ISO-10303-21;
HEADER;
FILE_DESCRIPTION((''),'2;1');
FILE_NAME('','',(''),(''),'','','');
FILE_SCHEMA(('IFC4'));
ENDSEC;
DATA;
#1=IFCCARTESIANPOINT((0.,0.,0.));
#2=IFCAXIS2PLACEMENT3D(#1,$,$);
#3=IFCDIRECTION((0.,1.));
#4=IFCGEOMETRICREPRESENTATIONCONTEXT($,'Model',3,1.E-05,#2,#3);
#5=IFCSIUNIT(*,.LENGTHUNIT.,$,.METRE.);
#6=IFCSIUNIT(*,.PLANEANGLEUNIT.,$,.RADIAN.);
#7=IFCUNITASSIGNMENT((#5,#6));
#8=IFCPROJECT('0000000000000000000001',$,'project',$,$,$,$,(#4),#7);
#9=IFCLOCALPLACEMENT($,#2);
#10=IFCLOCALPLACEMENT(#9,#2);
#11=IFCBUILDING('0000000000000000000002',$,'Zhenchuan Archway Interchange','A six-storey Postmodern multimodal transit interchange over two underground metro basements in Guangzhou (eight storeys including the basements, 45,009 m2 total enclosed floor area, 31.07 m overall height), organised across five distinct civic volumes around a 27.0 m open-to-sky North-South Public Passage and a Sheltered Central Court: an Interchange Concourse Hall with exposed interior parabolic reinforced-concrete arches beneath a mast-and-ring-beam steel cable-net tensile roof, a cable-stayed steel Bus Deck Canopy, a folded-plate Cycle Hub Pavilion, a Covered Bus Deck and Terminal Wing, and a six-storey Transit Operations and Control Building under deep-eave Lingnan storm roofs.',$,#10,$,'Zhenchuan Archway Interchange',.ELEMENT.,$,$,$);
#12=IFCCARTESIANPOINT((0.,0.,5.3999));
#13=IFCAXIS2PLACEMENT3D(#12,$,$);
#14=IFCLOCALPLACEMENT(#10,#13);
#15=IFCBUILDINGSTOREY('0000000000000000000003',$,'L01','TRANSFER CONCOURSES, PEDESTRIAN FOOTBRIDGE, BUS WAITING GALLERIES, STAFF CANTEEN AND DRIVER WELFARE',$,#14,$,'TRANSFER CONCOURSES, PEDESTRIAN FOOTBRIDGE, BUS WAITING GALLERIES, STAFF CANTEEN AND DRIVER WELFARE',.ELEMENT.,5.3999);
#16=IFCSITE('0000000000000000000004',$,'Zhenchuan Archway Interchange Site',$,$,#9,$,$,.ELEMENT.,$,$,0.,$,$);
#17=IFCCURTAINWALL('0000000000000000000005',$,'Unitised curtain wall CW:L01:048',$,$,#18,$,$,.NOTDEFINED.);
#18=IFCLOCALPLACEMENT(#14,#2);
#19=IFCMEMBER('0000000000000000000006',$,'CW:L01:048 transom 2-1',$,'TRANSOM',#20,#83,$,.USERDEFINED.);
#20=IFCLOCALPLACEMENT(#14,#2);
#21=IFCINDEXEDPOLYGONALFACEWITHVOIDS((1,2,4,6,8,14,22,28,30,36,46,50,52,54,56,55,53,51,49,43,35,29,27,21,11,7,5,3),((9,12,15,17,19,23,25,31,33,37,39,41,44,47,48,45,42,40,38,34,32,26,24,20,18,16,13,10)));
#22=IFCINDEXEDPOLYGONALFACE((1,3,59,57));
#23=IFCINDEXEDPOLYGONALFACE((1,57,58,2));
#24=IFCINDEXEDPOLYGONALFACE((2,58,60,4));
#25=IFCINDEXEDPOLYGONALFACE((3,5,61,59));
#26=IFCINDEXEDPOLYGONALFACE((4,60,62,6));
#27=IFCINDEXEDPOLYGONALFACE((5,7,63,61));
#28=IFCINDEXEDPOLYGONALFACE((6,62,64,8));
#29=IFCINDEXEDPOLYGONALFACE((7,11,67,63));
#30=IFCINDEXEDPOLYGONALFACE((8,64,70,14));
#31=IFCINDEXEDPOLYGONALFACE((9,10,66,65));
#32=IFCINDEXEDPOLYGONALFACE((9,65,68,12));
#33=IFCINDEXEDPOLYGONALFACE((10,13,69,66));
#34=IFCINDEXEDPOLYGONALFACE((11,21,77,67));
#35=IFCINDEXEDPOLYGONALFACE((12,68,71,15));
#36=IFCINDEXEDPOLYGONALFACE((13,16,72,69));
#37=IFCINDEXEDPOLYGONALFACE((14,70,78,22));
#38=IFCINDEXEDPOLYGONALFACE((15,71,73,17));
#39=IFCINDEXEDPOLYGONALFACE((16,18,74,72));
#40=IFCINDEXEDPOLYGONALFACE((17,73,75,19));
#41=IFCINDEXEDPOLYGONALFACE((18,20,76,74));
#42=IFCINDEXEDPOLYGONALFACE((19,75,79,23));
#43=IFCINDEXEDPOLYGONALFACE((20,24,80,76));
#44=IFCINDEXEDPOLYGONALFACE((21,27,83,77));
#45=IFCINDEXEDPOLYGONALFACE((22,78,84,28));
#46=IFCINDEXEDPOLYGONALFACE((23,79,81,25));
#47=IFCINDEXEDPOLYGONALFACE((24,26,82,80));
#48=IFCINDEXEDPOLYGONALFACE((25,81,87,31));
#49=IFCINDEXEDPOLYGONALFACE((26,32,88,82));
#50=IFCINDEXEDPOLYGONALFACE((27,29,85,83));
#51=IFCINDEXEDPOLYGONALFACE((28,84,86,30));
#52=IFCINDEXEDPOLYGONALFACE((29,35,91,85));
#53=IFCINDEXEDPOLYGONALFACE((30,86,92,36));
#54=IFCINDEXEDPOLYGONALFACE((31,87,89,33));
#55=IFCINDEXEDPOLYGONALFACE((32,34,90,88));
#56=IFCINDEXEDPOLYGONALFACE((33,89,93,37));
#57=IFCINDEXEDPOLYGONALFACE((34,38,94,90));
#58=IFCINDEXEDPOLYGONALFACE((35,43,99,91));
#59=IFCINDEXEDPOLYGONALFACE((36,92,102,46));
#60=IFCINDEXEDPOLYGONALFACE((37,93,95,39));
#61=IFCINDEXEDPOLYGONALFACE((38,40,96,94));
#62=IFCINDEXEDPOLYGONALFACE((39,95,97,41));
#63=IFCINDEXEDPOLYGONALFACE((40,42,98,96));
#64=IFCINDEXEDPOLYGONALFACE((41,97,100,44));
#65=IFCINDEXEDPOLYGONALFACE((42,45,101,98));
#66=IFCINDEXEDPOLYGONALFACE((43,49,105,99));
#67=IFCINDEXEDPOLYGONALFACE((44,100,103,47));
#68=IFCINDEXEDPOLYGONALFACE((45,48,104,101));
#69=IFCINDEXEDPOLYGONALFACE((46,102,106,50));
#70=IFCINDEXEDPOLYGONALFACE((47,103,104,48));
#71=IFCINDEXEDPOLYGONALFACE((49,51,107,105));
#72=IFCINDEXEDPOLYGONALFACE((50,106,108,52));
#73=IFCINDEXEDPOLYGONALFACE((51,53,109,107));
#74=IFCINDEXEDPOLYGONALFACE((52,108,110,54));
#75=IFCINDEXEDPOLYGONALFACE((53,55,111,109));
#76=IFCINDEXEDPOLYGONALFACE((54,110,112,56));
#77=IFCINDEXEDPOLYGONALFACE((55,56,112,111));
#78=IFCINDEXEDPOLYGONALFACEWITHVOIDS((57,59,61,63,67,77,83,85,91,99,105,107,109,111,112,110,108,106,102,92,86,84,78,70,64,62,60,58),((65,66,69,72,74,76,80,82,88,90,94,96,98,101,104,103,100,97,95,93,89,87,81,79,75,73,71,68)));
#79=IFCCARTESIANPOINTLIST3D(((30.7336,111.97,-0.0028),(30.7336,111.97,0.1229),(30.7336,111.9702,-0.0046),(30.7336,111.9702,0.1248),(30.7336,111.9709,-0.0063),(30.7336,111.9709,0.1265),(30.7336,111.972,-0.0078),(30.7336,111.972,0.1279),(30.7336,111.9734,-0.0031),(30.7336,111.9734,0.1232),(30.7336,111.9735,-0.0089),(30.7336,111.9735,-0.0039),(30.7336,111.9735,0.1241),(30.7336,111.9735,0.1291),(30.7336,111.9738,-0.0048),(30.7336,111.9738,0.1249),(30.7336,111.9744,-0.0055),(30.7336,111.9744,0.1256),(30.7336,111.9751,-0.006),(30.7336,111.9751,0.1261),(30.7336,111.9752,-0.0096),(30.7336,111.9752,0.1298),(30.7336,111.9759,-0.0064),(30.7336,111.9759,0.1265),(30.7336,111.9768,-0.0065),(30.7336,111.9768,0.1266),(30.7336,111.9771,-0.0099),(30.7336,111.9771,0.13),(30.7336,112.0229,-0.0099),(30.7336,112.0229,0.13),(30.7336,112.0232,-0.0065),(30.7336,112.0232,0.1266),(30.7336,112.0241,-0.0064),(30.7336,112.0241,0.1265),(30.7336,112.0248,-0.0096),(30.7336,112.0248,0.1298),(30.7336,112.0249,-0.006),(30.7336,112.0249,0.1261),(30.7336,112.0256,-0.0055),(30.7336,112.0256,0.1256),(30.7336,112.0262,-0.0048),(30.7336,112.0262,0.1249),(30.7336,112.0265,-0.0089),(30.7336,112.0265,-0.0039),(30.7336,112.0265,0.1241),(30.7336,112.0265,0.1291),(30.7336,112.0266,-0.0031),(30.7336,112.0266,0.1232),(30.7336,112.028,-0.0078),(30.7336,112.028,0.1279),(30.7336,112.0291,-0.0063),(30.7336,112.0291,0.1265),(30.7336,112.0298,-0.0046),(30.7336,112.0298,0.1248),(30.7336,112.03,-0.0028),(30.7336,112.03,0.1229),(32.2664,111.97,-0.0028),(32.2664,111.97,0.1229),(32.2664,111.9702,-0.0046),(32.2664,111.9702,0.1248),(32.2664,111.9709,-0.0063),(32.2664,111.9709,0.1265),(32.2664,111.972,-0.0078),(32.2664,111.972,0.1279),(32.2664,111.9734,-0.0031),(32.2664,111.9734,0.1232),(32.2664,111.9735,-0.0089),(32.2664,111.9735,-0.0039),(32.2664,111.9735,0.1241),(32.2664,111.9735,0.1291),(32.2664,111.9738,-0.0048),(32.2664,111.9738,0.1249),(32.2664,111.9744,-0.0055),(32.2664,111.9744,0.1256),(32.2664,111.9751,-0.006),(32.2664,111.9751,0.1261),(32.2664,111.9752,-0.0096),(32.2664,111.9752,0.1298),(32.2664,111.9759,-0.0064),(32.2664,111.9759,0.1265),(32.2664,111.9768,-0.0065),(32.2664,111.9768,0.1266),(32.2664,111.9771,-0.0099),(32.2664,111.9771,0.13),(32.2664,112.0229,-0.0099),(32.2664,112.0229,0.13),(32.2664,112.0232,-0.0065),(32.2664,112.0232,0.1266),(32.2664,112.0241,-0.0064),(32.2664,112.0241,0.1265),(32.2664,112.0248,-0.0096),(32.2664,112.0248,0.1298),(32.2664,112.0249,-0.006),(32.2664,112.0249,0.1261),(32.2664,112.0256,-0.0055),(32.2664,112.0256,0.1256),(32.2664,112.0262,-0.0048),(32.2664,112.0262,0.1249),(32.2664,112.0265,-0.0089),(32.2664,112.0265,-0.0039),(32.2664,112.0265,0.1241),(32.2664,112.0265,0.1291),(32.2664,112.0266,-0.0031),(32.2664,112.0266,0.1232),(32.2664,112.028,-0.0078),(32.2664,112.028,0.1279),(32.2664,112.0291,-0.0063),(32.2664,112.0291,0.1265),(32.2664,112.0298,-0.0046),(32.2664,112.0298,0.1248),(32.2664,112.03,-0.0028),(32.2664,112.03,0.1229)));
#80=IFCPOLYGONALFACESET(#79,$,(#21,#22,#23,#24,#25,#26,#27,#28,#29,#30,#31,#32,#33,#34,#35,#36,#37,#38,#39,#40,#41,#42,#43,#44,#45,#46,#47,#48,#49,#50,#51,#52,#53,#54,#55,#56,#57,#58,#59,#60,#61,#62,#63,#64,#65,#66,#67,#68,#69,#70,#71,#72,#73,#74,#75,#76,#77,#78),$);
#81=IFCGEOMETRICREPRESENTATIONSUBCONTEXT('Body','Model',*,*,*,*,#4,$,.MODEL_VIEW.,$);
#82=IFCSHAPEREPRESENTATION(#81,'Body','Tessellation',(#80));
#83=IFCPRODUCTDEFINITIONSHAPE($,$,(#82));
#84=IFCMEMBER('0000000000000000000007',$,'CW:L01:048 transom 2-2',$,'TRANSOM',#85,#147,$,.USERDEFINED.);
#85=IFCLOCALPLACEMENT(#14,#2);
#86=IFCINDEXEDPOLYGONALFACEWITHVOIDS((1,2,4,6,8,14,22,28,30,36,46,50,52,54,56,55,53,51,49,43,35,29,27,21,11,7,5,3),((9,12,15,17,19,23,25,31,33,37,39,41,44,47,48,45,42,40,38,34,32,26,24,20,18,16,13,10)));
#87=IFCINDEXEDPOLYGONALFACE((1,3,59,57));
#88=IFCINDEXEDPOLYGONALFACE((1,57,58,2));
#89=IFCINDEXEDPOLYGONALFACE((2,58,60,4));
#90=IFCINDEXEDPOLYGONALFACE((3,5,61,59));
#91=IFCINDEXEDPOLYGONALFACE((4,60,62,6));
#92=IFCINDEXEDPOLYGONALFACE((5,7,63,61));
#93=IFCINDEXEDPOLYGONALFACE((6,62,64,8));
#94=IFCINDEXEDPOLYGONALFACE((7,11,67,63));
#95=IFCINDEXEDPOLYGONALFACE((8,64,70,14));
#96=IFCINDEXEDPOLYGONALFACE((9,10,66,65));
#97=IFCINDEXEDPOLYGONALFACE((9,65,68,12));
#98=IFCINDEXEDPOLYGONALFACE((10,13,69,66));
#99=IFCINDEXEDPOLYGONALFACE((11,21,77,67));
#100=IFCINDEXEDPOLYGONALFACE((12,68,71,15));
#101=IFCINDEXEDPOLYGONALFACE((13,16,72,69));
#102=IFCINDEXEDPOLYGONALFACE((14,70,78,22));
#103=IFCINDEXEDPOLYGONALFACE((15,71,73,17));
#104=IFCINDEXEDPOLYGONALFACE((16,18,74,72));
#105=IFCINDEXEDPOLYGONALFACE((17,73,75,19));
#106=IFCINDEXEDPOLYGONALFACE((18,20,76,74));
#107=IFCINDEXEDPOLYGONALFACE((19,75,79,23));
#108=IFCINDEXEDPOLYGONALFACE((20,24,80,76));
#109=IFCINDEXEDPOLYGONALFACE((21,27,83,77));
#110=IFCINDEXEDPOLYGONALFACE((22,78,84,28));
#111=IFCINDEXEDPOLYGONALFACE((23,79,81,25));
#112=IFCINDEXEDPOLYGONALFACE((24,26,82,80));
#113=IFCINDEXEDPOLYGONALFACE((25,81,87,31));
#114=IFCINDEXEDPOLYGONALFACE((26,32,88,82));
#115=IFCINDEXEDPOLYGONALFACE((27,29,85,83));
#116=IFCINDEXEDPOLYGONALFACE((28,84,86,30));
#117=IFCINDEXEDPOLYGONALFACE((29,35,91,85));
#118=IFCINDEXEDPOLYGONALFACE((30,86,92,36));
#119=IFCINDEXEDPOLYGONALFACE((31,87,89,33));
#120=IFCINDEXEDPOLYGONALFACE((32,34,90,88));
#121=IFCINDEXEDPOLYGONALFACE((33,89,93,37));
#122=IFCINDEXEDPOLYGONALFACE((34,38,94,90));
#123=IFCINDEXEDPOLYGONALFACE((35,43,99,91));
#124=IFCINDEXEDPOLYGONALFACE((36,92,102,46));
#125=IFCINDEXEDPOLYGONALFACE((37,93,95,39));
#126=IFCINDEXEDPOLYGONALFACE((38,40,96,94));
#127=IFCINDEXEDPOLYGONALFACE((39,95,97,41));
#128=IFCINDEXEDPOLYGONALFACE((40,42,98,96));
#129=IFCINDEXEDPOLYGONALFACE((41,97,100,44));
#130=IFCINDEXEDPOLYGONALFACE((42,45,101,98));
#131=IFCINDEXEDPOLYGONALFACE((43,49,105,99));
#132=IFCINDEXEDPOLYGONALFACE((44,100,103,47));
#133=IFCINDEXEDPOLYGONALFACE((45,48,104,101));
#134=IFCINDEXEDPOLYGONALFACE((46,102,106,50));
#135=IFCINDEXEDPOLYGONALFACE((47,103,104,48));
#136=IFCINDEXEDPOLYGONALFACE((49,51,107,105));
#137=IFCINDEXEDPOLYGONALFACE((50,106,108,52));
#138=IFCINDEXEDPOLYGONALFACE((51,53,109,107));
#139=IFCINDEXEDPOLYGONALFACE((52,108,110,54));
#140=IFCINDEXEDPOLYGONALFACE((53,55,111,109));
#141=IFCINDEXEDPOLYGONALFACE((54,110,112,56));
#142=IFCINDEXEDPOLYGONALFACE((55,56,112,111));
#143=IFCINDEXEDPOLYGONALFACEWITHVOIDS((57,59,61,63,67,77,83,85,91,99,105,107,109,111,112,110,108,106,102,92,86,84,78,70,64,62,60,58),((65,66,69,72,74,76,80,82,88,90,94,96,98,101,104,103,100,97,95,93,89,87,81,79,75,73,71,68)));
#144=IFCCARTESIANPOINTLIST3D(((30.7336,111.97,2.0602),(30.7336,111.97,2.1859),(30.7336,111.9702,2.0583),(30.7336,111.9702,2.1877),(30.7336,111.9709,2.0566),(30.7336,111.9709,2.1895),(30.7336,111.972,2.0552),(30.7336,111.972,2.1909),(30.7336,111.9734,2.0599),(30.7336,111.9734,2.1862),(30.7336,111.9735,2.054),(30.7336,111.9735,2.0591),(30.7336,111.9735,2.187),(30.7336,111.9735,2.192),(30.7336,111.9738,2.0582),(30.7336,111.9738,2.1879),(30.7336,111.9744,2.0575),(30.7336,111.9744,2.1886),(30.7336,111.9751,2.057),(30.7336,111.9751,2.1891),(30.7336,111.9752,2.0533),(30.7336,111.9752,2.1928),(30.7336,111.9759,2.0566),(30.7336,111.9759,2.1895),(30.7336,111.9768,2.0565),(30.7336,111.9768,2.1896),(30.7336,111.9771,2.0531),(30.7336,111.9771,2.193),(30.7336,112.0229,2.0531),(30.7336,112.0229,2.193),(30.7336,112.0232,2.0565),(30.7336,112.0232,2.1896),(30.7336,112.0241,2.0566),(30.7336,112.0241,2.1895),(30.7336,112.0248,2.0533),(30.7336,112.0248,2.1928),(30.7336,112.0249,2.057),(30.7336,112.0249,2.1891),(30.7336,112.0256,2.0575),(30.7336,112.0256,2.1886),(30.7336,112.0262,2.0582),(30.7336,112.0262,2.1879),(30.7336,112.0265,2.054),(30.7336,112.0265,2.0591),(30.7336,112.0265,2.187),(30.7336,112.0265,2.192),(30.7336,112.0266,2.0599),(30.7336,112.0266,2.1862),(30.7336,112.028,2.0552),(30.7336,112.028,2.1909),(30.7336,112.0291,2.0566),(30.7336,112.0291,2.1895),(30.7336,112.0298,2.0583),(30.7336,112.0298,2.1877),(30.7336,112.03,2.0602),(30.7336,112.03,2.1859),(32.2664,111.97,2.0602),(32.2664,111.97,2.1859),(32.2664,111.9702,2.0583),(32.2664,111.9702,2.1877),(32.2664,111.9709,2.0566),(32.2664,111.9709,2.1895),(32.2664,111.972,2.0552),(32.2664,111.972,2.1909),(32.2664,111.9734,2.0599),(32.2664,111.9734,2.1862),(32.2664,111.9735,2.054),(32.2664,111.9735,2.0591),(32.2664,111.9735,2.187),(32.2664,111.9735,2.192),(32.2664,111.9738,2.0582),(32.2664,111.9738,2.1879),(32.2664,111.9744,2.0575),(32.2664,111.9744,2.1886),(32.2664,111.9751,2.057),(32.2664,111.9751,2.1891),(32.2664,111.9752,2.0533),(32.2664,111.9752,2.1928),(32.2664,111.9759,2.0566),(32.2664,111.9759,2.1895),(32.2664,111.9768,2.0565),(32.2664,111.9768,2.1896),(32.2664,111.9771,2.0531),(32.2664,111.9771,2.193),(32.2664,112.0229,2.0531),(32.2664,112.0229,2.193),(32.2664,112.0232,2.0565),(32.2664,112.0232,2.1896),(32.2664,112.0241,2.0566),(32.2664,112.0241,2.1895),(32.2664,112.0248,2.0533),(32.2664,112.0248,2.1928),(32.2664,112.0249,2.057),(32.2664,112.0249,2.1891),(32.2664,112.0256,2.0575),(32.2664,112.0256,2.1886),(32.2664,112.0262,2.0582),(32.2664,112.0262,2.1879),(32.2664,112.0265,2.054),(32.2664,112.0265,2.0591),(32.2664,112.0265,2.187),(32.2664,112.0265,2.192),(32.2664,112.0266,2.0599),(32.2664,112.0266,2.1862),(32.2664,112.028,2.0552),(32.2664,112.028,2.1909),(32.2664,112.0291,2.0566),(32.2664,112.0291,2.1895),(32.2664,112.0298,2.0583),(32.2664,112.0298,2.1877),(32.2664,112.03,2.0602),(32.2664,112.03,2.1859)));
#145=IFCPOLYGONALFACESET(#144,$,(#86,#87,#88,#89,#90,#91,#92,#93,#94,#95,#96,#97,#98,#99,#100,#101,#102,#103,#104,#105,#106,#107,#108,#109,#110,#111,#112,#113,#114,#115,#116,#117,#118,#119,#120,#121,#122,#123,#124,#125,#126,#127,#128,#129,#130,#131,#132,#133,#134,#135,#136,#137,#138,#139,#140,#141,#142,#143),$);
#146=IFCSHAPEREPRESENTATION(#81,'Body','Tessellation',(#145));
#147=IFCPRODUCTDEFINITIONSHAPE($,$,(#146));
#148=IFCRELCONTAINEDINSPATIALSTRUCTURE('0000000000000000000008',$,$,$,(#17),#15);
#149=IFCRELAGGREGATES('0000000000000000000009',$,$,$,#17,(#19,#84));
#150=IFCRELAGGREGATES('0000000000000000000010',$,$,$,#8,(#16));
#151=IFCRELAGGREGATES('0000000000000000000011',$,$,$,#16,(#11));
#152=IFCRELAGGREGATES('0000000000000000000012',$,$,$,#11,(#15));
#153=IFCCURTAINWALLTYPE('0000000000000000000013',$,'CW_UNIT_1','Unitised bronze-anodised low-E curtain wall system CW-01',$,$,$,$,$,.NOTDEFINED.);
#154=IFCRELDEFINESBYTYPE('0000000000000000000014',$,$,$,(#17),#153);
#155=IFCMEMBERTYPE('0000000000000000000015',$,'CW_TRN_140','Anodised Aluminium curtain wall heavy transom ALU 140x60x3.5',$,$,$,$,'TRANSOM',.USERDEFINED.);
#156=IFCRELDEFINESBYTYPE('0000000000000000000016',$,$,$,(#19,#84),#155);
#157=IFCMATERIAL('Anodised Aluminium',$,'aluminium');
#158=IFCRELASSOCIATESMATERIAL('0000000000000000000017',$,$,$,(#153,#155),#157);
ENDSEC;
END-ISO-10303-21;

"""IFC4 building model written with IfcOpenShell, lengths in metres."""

from ifc_helpers import new_model, si_unit, direction, frame, origin, origin_2d, place, context, subcontext, project, spatial, hollow_rectangle, extrude, material, material_profile, profile_set, type_object, element, aggregate, save


model = new_model("IFC4")

# Units and contexts
model_context = context("Model", 3, precision=1e-05, world=origin(), true_north=direction((0.0, 1.0)))
body_context = subcontext(model_context, "Body", "Model", "MODEL_VIEW")
ifc_project = project(units=[si_unit("LENGTHUNIT", "METRE"), si_unit("PLANEANGLEUNIT", "RADIAN")], contexts=[model_context])

# Site, building, storey
site_placement = place(None, origin())
site = spatial("IfcSite", under=ifc_project, at=site_placement, Name="Zhenchuan Archway Interchange Site", CompositionType="ELEMENT", RefElevation=0.0)
building_placement = place(site_placement, origin())
building = spatial("IfcBuilding", under=site, at=building_placement, Name="Zhenchuan Archway Interchange", Description="A six-storey Postmodern multimodal transit interchange over two underground metro basements in Guangzhou (eight storeys including the basements, 45,009 m2 total enclosed floor area, 31.07 m overall height), organised across five distinct civic volumes around a 27.0 m open-to-sky North-South Public Passage and a Sheltered Central Court: an Interchange Concourse Hall with exposed interior parabolic reinforced-concrete arches beneath a mast-and-ring-beam steel cable-net tensile roof, a cable-stayed steel Bus Deck Canopy, a folded-plate Cycle Hub Pavilion, a Covered Bus Deck and Terminal Wing, and a six-storey Transit Operations and Control Building under deep-eave Lingnan storm roofs.", LongName="Zhenchuan Archway Interchange", CompositionType="ELEMENT")
storey_placement = place(building_placement, frame((0.0, 0.0, 5.3999)))
storey = spatial("IfcBuildingStorey", under=building, at=storey_placement, Name="L01", Description="TRANSFER CONCOURSES, PEDESTRIAN FOOTBRIDGE, BUS WAITING GALLERIES, STAFF CANTEEN AND DRIVER WELFARE", LongName="TRANSFER CONCOURSES, PEDESTRIAN FOOTBRIDGE, BUS WAITING GALLERIES, STAFF CANTEEN AND DRIVER WELFARE", CompositionType="ELEMENT", Elevation=5.3999)

# Curtain wall
ifc_material_1 = material(Name="Anodised Aluminium", Category="aluminium")
curtain_wall_type_1 = type_object("IfcCurtainWallType", Name="CW_UNIT_1", Description="Unitised bronze-anodised low-E curtain wall system CW-01", PredefinedType="NOTDEFINED", material=ifc_material_1)
curtain_wall_1_placement = place(storey_placement, origin())
curtain_wall_1 = element("IfcCurtainWall", 1, at=curtain_wall_1_placement, inside=storey, type_object=curtain_wall_type_1, Name="Unitised curtain wall CW:L01:048", PredefinedType="NOTDEFINED")

# Members
ifc_material_profile_1 = material_profile(ifc_material_1, hollow_rectangle(XDim=0.0601, YDim=0.1399, WallThickness=0.0034, InnerFilletRadius=0.0034, OuterFilletRadius=0.0071, at=origin_2d()), Name="ALU 140x60x3.5")
ifc_profile_set_1 = profile_set([ifc_material_profile_1], Name="Anodised Aluminium")
member_type_1 = type_object("IfcMemberType", Name="CW_TRN_140", Description="Anodised Aluminium curtain wall heavy transom ALU 140x60x3.5", ElementType="TRANSOM", PredefinedType="USERDEFINED", material=ifc_profile_set_1)
member_1_placement = place(storey_placement, frame((30.7336, 112.0, 0.0601), z_axis=(1.0, 0.0, 0.0), x_axis=(0.0, 1.0, 0.0)))
member_1 = element("IfcMember", 2, at=member_1_placement, type_object=member_type_1, Name="CW:L01:048 transom 2-1", ObjectType="TRANSOM", PredefinedType="USERDEFINED", context=body_context, shape_type="SweptSolid", body=[
    extrude(hollow_rectangle(XDim=0.0601, YDim=0.1399, WallThickness=0.0034, InnerFilletRadius=0.0034, OuterFilletRadius=0.0071, at=origin_2d()), origin(), (0.0, 0.0, 1.0), 1.5327),
])
member_2_placement = place(storey_placement, frame((30.7336, 112.0, 2.123), z_axis=(1.0, 0.0, 0.0), x_axis=(0.0, 1.0, 0.0)))
member_2 = element("IfcMember", 3, at=member_2_placement, type_object=member_type_1, Name="CW:L01:048 transom 2-2", ObjectType="TRANSOM", PredefinedType="USERDEFINED", context=body_context, shape_type="SweptSolid", body=[
    extrude(hollow_rectangle(XDim=0.0601, YDim=0.1399, WallThickness=0.0034, InnerFilletRadius=0.0034, OuterFilletRadius=0.0071, at=origin_2d()), origin(), (0.0, 0.0, 1.0), 1.5327),
])

aggregate(curtain_wall_1, [member_1, member_2])

save(model, "model.ifc")
